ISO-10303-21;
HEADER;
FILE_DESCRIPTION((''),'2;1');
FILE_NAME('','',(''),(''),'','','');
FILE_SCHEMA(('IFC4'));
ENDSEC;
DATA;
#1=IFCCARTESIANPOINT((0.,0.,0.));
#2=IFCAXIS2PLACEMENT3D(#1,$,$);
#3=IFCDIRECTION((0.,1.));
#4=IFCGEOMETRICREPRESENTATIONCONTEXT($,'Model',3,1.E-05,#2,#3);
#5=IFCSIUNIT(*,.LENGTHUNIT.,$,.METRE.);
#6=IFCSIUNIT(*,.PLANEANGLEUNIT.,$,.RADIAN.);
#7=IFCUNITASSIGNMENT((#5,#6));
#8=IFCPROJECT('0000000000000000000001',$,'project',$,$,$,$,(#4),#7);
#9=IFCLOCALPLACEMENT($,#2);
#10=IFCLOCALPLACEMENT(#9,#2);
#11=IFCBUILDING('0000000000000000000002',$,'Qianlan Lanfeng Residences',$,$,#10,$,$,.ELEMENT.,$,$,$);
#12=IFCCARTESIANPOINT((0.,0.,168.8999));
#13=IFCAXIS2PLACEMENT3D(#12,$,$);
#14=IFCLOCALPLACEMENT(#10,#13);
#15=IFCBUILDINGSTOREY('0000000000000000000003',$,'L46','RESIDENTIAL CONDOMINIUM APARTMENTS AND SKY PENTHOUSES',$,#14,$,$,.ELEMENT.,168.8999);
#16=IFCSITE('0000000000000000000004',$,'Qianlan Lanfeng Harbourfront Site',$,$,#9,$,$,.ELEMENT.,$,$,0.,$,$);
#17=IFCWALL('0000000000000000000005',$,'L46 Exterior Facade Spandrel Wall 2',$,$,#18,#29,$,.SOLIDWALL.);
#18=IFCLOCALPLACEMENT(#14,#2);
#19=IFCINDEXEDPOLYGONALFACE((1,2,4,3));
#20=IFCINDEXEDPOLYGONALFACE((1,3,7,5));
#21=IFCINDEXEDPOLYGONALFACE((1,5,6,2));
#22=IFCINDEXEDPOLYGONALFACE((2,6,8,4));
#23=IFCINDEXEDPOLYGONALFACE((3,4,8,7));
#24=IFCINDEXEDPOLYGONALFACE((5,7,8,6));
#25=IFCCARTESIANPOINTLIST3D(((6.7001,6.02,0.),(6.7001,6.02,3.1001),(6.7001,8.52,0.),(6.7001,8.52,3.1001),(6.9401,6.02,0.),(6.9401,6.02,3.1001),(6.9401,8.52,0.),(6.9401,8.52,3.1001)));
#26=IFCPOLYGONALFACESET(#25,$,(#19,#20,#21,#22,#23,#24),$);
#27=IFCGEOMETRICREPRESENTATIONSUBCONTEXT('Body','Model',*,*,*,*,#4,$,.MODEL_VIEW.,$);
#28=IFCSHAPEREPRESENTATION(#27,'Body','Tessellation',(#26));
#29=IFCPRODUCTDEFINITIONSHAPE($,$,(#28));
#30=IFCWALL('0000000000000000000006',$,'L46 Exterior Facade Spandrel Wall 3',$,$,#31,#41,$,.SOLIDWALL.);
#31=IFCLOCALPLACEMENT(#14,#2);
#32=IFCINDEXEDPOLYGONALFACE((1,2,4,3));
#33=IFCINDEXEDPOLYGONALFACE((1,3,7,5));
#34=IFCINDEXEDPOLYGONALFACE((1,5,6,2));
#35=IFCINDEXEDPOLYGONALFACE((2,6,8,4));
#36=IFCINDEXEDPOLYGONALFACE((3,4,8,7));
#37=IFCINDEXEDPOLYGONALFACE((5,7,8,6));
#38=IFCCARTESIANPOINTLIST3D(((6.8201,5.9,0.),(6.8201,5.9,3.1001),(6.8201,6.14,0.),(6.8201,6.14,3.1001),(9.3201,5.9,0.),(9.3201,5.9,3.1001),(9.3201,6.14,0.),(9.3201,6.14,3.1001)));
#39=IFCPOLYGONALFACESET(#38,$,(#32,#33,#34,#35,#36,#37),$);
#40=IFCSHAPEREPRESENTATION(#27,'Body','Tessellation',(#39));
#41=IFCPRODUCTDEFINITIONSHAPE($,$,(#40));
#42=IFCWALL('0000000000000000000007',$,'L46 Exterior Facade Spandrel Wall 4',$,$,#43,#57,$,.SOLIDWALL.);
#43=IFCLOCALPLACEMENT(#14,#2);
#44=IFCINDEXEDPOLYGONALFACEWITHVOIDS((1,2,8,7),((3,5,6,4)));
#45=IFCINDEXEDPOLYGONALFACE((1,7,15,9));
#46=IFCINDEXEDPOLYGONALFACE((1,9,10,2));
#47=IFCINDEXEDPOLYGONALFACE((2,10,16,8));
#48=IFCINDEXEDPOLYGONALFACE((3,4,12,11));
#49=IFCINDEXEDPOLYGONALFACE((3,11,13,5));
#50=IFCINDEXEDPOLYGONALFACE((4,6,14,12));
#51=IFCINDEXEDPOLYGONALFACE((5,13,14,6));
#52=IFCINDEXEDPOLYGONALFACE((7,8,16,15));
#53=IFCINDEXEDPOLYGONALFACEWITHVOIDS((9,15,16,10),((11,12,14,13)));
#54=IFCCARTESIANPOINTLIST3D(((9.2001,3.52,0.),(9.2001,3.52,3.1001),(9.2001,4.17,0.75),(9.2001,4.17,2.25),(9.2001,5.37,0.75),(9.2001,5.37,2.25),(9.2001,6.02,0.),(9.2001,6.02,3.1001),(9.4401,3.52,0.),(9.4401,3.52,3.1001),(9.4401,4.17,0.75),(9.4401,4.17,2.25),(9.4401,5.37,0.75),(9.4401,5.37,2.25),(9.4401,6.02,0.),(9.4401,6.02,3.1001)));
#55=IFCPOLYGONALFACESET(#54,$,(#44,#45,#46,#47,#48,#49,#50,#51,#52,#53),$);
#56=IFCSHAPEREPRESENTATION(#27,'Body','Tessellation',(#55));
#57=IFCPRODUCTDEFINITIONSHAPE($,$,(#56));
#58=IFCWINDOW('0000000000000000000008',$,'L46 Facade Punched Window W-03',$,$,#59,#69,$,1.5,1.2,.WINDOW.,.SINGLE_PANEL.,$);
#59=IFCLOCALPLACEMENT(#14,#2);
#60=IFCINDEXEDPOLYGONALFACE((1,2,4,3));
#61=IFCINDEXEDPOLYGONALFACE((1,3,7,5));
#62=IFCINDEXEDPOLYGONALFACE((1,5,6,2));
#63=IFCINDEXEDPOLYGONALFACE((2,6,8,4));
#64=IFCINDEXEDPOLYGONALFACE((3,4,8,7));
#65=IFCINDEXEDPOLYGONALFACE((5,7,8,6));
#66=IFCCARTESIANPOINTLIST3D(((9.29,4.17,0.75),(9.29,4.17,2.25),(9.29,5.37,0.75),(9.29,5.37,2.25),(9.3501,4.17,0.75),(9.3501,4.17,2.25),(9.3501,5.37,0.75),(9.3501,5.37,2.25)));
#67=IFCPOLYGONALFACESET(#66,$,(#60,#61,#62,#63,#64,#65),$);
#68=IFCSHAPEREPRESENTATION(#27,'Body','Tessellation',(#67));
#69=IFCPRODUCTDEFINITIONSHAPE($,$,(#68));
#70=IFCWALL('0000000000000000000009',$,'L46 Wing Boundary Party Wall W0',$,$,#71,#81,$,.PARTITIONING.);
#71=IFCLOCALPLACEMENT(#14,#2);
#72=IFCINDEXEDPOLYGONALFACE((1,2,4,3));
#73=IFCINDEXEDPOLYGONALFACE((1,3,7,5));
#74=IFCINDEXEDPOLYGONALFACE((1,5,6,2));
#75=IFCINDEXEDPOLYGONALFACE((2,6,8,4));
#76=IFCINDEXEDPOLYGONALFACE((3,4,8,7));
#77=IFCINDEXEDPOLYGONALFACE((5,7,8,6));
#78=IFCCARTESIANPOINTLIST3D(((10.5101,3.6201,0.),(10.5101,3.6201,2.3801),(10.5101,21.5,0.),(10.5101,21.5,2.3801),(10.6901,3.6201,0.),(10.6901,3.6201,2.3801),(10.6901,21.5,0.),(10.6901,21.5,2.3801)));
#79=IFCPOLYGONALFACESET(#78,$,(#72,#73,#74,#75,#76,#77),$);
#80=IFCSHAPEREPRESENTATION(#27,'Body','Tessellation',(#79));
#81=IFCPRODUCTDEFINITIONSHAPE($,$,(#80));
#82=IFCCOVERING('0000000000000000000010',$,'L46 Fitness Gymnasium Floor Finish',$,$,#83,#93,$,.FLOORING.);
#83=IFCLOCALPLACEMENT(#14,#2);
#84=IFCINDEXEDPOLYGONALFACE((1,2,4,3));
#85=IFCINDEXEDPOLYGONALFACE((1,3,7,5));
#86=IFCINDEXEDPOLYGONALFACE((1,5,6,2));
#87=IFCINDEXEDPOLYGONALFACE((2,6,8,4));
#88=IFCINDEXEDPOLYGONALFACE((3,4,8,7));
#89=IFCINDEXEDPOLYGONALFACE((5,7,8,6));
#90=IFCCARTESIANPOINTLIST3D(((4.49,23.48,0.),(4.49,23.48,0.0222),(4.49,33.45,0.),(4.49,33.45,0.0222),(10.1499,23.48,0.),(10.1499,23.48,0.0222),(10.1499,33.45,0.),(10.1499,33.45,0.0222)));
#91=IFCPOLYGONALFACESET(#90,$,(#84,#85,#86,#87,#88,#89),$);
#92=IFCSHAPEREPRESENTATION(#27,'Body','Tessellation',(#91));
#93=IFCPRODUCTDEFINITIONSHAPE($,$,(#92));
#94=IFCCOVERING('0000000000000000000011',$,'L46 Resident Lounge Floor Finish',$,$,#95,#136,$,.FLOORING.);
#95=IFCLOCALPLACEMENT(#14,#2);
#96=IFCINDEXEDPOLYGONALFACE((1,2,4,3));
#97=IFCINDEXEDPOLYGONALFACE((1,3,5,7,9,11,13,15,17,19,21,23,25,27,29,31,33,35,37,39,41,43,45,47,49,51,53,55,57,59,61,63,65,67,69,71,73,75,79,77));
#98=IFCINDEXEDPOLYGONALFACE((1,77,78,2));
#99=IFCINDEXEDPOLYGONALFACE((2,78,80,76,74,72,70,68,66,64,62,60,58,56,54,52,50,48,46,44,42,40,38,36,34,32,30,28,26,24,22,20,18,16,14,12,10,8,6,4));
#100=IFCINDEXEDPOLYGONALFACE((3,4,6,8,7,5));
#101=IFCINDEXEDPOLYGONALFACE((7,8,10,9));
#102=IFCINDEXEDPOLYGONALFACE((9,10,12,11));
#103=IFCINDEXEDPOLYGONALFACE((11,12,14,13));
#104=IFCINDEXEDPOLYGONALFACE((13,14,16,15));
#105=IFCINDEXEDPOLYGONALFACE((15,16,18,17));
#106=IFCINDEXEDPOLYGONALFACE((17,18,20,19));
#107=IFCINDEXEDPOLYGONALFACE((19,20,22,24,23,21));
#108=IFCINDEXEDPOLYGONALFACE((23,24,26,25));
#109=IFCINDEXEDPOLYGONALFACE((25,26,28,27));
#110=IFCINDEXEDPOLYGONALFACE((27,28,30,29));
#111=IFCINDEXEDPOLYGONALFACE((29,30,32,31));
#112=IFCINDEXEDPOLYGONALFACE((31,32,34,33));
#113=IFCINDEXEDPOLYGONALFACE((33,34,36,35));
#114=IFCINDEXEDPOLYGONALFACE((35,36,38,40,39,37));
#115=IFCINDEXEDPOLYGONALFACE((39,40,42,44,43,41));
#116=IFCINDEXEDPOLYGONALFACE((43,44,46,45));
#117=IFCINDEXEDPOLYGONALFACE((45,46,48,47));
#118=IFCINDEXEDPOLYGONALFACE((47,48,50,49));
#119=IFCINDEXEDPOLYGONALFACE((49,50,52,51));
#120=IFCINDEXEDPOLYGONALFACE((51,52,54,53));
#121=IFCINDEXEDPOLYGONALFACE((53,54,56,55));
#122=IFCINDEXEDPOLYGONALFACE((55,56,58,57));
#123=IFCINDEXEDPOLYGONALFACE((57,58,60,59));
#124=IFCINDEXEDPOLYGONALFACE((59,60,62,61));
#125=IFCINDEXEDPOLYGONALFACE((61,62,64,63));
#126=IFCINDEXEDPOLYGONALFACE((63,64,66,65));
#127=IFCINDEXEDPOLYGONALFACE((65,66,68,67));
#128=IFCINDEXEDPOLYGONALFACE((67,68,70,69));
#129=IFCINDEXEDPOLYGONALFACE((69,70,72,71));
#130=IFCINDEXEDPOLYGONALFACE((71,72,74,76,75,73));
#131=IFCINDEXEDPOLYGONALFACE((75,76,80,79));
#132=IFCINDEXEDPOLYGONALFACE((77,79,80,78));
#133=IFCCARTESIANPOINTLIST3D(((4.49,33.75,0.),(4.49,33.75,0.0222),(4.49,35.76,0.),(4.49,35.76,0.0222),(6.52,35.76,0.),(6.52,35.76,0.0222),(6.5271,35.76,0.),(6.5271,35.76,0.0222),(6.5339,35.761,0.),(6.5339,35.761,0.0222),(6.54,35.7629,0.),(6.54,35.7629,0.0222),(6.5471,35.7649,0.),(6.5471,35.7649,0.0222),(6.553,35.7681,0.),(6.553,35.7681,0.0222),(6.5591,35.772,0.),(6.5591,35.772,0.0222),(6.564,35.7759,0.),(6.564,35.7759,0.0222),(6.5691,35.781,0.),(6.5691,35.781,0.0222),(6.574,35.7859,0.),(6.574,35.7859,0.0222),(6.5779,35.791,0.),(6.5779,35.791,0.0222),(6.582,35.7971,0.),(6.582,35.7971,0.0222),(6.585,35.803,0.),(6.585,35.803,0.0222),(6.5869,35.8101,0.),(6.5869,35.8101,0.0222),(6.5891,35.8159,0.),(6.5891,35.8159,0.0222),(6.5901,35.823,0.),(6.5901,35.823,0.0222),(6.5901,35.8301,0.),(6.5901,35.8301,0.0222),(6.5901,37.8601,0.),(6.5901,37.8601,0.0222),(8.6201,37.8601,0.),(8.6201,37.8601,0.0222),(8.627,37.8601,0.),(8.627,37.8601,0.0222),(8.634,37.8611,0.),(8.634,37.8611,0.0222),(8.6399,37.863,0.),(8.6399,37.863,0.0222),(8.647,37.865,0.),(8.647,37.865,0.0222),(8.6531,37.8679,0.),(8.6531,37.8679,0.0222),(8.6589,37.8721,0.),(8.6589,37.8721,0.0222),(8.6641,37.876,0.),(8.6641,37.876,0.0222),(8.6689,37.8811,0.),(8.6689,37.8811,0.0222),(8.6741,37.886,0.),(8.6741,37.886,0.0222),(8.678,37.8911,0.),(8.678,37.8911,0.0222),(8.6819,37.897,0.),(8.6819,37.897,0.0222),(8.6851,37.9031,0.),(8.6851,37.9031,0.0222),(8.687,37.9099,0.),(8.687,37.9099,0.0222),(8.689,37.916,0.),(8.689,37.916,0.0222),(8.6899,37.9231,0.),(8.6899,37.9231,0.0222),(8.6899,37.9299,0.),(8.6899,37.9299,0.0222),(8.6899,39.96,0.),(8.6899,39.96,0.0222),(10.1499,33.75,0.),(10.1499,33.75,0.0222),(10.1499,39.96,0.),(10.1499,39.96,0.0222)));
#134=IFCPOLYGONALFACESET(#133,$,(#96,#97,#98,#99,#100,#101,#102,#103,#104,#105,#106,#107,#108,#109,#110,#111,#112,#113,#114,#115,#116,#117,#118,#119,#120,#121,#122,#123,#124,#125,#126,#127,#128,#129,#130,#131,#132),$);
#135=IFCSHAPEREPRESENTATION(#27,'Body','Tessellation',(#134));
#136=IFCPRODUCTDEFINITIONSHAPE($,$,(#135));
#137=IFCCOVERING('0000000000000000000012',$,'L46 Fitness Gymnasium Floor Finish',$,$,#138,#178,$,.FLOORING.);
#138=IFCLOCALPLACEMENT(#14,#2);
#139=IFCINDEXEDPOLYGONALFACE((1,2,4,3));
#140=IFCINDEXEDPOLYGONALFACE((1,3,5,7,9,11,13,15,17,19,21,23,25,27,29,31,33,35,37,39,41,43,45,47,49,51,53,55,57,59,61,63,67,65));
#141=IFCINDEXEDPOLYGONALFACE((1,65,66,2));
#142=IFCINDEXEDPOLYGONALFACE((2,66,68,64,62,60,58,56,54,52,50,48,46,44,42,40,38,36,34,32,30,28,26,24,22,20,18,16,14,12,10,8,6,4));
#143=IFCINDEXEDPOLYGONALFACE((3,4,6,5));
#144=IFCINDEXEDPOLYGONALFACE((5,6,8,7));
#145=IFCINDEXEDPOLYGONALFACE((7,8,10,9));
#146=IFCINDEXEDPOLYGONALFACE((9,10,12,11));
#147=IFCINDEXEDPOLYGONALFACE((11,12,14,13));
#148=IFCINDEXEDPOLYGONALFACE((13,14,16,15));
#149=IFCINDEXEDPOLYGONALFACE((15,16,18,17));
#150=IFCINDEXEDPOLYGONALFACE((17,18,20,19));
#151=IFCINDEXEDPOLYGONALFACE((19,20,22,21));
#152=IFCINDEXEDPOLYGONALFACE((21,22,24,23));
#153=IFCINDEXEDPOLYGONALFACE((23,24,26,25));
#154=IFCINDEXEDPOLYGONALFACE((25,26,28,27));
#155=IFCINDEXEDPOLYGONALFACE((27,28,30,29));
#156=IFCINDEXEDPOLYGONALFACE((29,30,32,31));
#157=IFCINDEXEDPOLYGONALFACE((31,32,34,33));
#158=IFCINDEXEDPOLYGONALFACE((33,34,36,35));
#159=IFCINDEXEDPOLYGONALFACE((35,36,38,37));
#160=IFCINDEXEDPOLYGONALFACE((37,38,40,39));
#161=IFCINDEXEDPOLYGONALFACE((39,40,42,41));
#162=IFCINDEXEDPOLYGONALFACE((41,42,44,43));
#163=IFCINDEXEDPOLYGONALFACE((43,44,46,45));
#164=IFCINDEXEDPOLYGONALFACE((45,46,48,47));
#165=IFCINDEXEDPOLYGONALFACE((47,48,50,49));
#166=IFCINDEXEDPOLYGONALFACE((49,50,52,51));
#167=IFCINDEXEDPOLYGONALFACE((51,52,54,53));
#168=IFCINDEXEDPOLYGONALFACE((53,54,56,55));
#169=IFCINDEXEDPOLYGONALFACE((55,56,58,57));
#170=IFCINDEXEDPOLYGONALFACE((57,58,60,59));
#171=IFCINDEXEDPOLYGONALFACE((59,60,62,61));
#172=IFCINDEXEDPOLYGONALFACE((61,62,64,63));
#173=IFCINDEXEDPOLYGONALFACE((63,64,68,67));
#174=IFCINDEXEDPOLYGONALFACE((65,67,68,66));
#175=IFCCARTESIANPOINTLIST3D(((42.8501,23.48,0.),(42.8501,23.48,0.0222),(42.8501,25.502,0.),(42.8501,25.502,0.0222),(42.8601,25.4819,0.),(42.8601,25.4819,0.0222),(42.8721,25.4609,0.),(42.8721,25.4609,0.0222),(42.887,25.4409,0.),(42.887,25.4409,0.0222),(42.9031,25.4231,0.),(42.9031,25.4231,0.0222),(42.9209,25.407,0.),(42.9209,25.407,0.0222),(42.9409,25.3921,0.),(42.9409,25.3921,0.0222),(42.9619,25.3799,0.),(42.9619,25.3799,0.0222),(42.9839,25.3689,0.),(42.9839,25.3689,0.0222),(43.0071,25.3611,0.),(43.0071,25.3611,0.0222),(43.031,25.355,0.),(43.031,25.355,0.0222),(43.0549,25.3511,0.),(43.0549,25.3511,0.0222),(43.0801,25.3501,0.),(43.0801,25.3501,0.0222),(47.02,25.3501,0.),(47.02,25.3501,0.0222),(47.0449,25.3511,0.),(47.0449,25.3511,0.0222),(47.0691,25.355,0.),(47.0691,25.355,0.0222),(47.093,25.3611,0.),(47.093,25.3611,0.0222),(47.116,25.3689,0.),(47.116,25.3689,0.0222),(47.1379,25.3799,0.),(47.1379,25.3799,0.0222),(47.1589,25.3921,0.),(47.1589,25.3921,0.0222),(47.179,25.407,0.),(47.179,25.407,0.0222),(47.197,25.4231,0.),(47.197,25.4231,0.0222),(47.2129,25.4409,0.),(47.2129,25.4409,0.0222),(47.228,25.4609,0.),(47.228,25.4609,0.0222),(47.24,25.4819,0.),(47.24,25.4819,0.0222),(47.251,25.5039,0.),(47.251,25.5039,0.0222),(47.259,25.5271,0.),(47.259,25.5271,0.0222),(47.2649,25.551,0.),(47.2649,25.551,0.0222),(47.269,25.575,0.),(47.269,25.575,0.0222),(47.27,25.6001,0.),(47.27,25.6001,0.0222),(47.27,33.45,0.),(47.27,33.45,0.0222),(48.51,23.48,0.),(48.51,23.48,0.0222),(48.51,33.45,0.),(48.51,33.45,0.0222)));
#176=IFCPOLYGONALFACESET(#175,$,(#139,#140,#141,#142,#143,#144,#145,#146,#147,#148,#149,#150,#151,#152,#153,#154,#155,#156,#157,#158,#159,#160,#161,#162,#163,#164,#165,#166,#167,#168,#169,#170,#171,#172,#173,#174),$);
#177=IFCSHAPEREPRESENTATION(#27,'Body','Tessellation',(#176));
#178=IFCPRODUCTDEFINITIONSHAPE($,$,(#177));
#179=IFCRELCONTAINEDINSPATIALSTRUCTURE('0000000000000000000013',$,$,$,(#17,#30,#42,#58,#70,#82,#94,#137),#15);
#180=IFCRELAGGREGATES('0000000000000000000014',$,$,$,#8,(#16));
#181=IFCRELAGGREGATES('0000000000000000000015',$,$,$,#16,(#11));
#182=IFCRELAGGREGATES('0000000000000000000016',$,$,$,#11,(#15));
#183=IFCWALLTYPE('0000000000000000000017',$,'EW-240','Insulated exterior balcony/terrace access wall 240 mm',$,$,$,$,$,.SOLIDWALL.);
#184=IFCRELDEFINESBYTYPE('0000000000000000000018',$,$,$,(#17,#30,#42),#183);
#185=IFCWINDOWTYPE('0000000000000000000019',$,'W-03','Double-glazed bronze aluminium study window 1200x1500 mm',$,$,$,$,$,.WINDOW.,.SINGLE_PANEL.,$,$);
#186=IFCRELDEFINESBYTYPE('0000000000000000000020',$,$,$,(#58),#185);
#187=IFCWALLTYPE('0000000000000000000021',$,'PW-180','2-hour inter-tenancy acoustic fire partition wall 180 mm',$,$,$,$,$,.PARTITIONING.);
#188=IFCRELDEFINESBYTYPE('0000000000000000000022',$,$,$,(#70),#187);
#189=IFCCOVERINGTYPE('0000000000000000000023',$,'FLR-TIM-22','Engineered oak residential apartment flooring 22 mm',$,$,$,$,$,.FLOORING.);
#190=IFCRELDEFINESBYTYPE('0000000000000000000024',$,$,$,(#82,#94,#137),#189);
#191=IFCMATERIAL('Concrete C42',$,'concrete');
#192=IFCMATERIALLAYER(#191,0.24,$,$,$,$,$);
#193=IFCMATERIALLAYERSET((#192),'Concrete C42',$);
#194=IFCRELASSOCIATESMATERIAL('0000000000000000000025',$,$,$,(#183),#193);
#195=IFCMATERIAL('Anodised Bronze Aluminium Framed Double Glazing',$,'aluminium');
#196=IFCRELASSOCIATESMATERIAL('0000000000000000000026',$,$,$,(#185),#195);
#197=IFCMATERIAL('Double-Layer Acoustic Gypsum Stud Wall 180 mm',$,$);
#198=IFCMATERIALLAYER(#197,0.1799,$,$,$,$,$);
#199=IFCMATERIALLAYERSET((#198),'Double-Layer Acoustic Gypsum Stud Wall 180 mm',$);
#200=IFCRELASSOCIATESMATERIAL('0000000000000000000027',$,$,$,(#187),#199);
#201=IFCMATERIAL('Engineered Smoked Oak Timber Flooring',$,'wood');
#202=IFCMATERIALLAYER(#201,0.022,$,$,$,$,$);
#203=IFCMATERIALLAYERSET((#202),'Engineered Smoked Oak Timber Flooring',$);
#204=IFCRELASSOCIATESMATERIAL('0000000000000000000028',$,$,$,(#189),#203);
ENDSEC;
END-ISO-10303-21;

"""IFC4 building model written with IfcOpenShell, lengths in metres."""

from ifc_helpers import new_model, si_unit, direction, frame, frame_2d, origin, place, context, subcontext, project, spatial, polyline, rectangle, outline, extrude, material, layer, layer_set, type_object, element, fill, save


model = new_model("IFC4")

# Units and contexts
model_context = context("Model", 3, precision=1e-05, world=origin(), true_north=direction((0.0, 1.0)))
body_context = subcontext(model_context, "Body", "Model", "MODEL_VIEW")
ifc_project = project(units=[si_unit("LENGTHUNIT", "METRE"), si_unit("PLANEANGLEUNIT", "RADIAN")], contexts=[model_context])

# Site, building, storey
site_placement = place(None, origin())
site = spatial("IfcSite", under=ifc_project, at=site_placement, Name="Qianlan Lanfeng Harbourfront Site", CompositionType="ELEMENT", RefElevation=0.0)
building_placement = place(site_placement, origin())
building = spatial("IfcBuilding", under=site, at=building_placement, Name="Qianlan Lanfeng Residences", CompositionType="ELEMENT")
storey_placement = place(building_placement, frame((0.0, 0.0, 168.8999)))
storey = spatial("IfcBuildingStorey", under=building, at=storey_placement, Name="L46", Description="RESIDENTIAL CONDOMINIUM APARTMENTS AND SKY PENTHOUSES", CompositionType="ELEMENT", Elevation=168.8999)

# Walls
ifc_material_1 = material(Name="Concrete C42", Category="concrete")
ifc_layer_1 = layer(ifc_material_1, 0.24)
ifc_layer_set_1 = layer_set([ifc_layer_1], Name="Concrete C42")
wall_type_1 = type_object("IfcWallType", Name="EW-240", Description="Insulated exterior balcony/terrace access wall 240 mm", PredefinedType="SOLIDWALL", material=ifc_layer_set_1)
for number, where, z_axis, x_axis, name in (
    (1, (6.8201, 8.52, 0.0), (0.0, 0.0, 1.0), (0.0, -1.0, 0.0), "L46 Exterior Facade Spandrel Wall 2"),
    (2, (6.8201, 6.02, 0.0), (0.0, 0.0, 1.0), (1.0, 0.0, 0.0), "L46 Exterior Facade Spandrel Wall 3"),
):
    element("IfcWall", number, at=place(storey_placement, frame(where, z_axis=z_axis, x_axis=x_axis)), inside=storey, type_object=wall_type_1, Name=name, PredefinedType="SOLIDWALL", context=body_context, shape_type="SweptSolid", body=[
        extrude(rectangle(XDim=2.5, YDim=0.24, at=frame_2d((1.25, 0.0))), origin(), (0.0, 0.0, 1.0), 3.1001),
    ])

# Wall, opening, window
wall_1_placement = place(storey_placement, frame((9.3201, 6.02, 0.0), z_axis=(0.0, 0.0, 1.0), x_axis=(0.0, -1.0, 0.0)))
wall_1 = element("IfcWall", 3, at=wall_1_placement, inside=storey, type_object=wall_type_1, Name="L46 Exterior Facade Spandrel Wall 4", PredefinedType="SOLIDWALL", context=body_context, shape_type="SweptSolid", body=[
    extrude(rectangle(XDim=2.5, YDim=0.24, at=frame_2d((1.25, 0.0))), origin(), (0.0, 0.0, 1.0), 3.1001),
])
opening_placement = place(wall_1_placement, frame((0.6499, 0.0, 0.75)))
opening = element("IfcOpeningElement", 4, at=opening_placement, cuts=wall_1, PredefinedType="OPENING", context=body_context, shape_type="SweptSolid", body=[
    extrude(rectangle(XDim=1.2, YDim=1.5, at=frame_2d((0.6001, 0.75))), frame((0.0, 0.1299, 0.0), z_axis=(0.0, -1.0, 0.0), x_axis=(1.0, 0.0, 0.0)), (0.0, 0.0, 1.0), 0.26),
])
ifc_material_2 = material(Name="Anodised Bronze Aluminium Framed Double Glazing", Category="aluminium")
window_type = type_object("IfcWindowType", Name="W-03", Description="Double-glazed bronze aluminium study window 1200x1500 mm", PartitioningType="SINGLE_PANEL", PredefinedType="WINDOW", material=ifc_material_2)
window_placement = place(opening_placement, origin())
window = element("IfcWindow", 5, at=window_placement, inside=storey, type_object=window_type, Name="L46 Facade Punched Window W-03", OverallHeight=1.5, OverallWidth=1.2, PartitioningType="SINGLE_PANEL", PredefinedType="WINDOW", context=body_context, shape_type="SweptSolid", body=[
    extrude(rectangle(XDim=1.2, YDim=1.5, at=frame_2d((0.6001, 0.75))), frame((0.0, 0.03, 0.0), z_axis=(0.0, -1.0, 0.0), x_axis=(1.0, 0.0, 0.0)), (0.0, 0.0, 1.0), 0.0601),
])
fill(opening, window)

# Wall
ifc_material_3 = material(Name="Double-Layer Acoustic Gypsum Stud Wall 180 mm")
ifc_layer_2 = layer(ifc_material_3, 0.1799)
ifc_layer_set_2 = layer_set([ifc_layer_2], Name="Double-Layer Acoustic Gypsum Stud Wall 180 mm")
wall_type_2 = type_object("IfcWallType", Name="PW-180", Description="2-hour inter-tenancy acoustic fire partition wall 180 mm", PredefinedType="PARTITIONING", material=ifc_layer_set_2)
wall_2_placement = place(storey_placement, frame((10.6001, 3.6201, 0.0), z_axis=(0.0, 0.0, 1.0), x_axis=(0.0, 1.0, 0.0)))
element("IfcWall", 6, at=wall_2_placement, inside=storey, type_object=wall_type_2, Name="L46 Wing Boundary Party Wall W0", PredefinedType="PARTITIONING", context=body_context, shape_type="SweptSolid", body=[
    extrude(rectangle(XDim=17.8799, YDim=0.1799, at=frame_2d((8.9399, 0.0))), origin(), (0.0, 0.0, 1.0), 2.3801),
])

# Coverings
ifc_material_4 = material(Name="Engineered Smoked Oak Timber Flooring", Category="wood")
ifc_layer_3 = layer(ifc_material_4, 0.022)
ifc_layer_set_3 = layer_set([ifc_layer_3], Name="Engineered Smoked Oak Timber Flooring")
covering_type = type_object("IfcCoveringType", Name="FLR-TIM-22", Description="Engineered oak residential apartment flooring 22 mm", PredefinedType="FLOORING", material=ifc_layer_set_3)
covering_1_placement = place(storey_placement, origin())
element("IfcCovering", 7, at=covering_1_placement, inside=storey, type_object=covering_type, Name="L46 Fitness Gymnasium Floor Finish", PredefinedType="FLOORING", context=body_context, shape_type="SweptSolid", body=[
    extrude(outline(polyline([(10.1499, 33.45), (4.49, 33.45), (4.49, 23.48), (10.1499, 23.48), (10.1499, 33.45)])), origin(), (0.0, 0.0, 1.0), 0.0222),
])
covering_2_placement = place(storey_placement, origin())
element("IfcCovering", 8, at=covering_2_placement, inside=storey, type_object=covering_type, Name="L46 Resident Lounge Floor Finish", PredefinedType="FLOORING", context=body_context, shape_type="SweptSolid", body=[
    extrude(outline(polyline([(4.49, 33.75), (10.1499, 33.75), (10.1499, 39.96), (8.6899, 39.96), (8.6899, 37.9299), (8.6899, 37.9231), (8.689, 37.916), (8.687, 37.9099), (8.6851, 37.9031), (8.6819, 37.897), (8.678, 37.8911), (8.6741, 37.886), (8.6689, 37.8811), (8.6641, 37.876), (8.6589, 37.8721), (8.6531, 37.8679), (8.647, 37.865), (8.6399, 37.863), (8.634, 37.8611), (8.627, 37.8601), (8.6201, 37.8601), (6.5901, 37.8601), (6.5901, 35.8301), (6.5901, 35.823), (6.5891, 35.8159), (6.5869, 35.8101), (6.585, 35.803), (6.582, 35.7971), (6.5779, 35.791), (6.574, 35.7859), (6.5691, 35.781), (6.564, 35.7759), (6.5591, 35.772), (6.553, 35.7681), (6.5471, 35.7649), (6.54, 35.7629), (6.5339, 35.761), (6.5271, 35.76), (6.52, 35.76), (4.49, 35.76), (4.49, 33.75)])), origin(), (0.0, 0.0, 1.0), 0.0222),
])
covering_3_placement = place(storey_placement, origin())
element("IfcCovering", 9, at=covering_3_placement, inside=storey, type_object=covering_type, Name="L46 Fitness Gymnasium Floor Finish", PredefinedType="FLOORING", context=body_context, shape_type="SweptSolid", body=[
    extrude(outline(polyline([(48.51, 33.45), (47.27, 33.45), (47.27, 25.6001), (47.269, 25.575), (47.2649, 25.551), (47.259, 25.5271), (47.251, 25.5039), (47.24, 25.4819), (47.228, 25.4609), (47.2129, 25.4409), (47.197, 25.4231), (47.179, 25.407), (47.1589, 25.3921), (47.1379, 25.3799), (47.116, 25.3689), (47.093, 25.3611), (47.0691, 25.355), (47.0449, 25.3511), (47.02, 25.3501), (43.0801, 25.3501), (43.0549, 25.3511), (43.031, 25.355), (43.0071, 25.3611), (42.9839, 25.3689), (42.9619, 25.3799), (42.9409, 25.3921), (42.9209, 25.407), (42.9031, 25.4231), (42.887, 25.4409), (42.8721, 25.4609), (42.8601, 25.4819), (42.8501, 25.502), (42.8501, 23.48), (48.51, 23.48), (48.51, 33.45)])), origin(), (0.0, 0.0, 1.0), 0.0222),
])

save(model, "model.ifc")
